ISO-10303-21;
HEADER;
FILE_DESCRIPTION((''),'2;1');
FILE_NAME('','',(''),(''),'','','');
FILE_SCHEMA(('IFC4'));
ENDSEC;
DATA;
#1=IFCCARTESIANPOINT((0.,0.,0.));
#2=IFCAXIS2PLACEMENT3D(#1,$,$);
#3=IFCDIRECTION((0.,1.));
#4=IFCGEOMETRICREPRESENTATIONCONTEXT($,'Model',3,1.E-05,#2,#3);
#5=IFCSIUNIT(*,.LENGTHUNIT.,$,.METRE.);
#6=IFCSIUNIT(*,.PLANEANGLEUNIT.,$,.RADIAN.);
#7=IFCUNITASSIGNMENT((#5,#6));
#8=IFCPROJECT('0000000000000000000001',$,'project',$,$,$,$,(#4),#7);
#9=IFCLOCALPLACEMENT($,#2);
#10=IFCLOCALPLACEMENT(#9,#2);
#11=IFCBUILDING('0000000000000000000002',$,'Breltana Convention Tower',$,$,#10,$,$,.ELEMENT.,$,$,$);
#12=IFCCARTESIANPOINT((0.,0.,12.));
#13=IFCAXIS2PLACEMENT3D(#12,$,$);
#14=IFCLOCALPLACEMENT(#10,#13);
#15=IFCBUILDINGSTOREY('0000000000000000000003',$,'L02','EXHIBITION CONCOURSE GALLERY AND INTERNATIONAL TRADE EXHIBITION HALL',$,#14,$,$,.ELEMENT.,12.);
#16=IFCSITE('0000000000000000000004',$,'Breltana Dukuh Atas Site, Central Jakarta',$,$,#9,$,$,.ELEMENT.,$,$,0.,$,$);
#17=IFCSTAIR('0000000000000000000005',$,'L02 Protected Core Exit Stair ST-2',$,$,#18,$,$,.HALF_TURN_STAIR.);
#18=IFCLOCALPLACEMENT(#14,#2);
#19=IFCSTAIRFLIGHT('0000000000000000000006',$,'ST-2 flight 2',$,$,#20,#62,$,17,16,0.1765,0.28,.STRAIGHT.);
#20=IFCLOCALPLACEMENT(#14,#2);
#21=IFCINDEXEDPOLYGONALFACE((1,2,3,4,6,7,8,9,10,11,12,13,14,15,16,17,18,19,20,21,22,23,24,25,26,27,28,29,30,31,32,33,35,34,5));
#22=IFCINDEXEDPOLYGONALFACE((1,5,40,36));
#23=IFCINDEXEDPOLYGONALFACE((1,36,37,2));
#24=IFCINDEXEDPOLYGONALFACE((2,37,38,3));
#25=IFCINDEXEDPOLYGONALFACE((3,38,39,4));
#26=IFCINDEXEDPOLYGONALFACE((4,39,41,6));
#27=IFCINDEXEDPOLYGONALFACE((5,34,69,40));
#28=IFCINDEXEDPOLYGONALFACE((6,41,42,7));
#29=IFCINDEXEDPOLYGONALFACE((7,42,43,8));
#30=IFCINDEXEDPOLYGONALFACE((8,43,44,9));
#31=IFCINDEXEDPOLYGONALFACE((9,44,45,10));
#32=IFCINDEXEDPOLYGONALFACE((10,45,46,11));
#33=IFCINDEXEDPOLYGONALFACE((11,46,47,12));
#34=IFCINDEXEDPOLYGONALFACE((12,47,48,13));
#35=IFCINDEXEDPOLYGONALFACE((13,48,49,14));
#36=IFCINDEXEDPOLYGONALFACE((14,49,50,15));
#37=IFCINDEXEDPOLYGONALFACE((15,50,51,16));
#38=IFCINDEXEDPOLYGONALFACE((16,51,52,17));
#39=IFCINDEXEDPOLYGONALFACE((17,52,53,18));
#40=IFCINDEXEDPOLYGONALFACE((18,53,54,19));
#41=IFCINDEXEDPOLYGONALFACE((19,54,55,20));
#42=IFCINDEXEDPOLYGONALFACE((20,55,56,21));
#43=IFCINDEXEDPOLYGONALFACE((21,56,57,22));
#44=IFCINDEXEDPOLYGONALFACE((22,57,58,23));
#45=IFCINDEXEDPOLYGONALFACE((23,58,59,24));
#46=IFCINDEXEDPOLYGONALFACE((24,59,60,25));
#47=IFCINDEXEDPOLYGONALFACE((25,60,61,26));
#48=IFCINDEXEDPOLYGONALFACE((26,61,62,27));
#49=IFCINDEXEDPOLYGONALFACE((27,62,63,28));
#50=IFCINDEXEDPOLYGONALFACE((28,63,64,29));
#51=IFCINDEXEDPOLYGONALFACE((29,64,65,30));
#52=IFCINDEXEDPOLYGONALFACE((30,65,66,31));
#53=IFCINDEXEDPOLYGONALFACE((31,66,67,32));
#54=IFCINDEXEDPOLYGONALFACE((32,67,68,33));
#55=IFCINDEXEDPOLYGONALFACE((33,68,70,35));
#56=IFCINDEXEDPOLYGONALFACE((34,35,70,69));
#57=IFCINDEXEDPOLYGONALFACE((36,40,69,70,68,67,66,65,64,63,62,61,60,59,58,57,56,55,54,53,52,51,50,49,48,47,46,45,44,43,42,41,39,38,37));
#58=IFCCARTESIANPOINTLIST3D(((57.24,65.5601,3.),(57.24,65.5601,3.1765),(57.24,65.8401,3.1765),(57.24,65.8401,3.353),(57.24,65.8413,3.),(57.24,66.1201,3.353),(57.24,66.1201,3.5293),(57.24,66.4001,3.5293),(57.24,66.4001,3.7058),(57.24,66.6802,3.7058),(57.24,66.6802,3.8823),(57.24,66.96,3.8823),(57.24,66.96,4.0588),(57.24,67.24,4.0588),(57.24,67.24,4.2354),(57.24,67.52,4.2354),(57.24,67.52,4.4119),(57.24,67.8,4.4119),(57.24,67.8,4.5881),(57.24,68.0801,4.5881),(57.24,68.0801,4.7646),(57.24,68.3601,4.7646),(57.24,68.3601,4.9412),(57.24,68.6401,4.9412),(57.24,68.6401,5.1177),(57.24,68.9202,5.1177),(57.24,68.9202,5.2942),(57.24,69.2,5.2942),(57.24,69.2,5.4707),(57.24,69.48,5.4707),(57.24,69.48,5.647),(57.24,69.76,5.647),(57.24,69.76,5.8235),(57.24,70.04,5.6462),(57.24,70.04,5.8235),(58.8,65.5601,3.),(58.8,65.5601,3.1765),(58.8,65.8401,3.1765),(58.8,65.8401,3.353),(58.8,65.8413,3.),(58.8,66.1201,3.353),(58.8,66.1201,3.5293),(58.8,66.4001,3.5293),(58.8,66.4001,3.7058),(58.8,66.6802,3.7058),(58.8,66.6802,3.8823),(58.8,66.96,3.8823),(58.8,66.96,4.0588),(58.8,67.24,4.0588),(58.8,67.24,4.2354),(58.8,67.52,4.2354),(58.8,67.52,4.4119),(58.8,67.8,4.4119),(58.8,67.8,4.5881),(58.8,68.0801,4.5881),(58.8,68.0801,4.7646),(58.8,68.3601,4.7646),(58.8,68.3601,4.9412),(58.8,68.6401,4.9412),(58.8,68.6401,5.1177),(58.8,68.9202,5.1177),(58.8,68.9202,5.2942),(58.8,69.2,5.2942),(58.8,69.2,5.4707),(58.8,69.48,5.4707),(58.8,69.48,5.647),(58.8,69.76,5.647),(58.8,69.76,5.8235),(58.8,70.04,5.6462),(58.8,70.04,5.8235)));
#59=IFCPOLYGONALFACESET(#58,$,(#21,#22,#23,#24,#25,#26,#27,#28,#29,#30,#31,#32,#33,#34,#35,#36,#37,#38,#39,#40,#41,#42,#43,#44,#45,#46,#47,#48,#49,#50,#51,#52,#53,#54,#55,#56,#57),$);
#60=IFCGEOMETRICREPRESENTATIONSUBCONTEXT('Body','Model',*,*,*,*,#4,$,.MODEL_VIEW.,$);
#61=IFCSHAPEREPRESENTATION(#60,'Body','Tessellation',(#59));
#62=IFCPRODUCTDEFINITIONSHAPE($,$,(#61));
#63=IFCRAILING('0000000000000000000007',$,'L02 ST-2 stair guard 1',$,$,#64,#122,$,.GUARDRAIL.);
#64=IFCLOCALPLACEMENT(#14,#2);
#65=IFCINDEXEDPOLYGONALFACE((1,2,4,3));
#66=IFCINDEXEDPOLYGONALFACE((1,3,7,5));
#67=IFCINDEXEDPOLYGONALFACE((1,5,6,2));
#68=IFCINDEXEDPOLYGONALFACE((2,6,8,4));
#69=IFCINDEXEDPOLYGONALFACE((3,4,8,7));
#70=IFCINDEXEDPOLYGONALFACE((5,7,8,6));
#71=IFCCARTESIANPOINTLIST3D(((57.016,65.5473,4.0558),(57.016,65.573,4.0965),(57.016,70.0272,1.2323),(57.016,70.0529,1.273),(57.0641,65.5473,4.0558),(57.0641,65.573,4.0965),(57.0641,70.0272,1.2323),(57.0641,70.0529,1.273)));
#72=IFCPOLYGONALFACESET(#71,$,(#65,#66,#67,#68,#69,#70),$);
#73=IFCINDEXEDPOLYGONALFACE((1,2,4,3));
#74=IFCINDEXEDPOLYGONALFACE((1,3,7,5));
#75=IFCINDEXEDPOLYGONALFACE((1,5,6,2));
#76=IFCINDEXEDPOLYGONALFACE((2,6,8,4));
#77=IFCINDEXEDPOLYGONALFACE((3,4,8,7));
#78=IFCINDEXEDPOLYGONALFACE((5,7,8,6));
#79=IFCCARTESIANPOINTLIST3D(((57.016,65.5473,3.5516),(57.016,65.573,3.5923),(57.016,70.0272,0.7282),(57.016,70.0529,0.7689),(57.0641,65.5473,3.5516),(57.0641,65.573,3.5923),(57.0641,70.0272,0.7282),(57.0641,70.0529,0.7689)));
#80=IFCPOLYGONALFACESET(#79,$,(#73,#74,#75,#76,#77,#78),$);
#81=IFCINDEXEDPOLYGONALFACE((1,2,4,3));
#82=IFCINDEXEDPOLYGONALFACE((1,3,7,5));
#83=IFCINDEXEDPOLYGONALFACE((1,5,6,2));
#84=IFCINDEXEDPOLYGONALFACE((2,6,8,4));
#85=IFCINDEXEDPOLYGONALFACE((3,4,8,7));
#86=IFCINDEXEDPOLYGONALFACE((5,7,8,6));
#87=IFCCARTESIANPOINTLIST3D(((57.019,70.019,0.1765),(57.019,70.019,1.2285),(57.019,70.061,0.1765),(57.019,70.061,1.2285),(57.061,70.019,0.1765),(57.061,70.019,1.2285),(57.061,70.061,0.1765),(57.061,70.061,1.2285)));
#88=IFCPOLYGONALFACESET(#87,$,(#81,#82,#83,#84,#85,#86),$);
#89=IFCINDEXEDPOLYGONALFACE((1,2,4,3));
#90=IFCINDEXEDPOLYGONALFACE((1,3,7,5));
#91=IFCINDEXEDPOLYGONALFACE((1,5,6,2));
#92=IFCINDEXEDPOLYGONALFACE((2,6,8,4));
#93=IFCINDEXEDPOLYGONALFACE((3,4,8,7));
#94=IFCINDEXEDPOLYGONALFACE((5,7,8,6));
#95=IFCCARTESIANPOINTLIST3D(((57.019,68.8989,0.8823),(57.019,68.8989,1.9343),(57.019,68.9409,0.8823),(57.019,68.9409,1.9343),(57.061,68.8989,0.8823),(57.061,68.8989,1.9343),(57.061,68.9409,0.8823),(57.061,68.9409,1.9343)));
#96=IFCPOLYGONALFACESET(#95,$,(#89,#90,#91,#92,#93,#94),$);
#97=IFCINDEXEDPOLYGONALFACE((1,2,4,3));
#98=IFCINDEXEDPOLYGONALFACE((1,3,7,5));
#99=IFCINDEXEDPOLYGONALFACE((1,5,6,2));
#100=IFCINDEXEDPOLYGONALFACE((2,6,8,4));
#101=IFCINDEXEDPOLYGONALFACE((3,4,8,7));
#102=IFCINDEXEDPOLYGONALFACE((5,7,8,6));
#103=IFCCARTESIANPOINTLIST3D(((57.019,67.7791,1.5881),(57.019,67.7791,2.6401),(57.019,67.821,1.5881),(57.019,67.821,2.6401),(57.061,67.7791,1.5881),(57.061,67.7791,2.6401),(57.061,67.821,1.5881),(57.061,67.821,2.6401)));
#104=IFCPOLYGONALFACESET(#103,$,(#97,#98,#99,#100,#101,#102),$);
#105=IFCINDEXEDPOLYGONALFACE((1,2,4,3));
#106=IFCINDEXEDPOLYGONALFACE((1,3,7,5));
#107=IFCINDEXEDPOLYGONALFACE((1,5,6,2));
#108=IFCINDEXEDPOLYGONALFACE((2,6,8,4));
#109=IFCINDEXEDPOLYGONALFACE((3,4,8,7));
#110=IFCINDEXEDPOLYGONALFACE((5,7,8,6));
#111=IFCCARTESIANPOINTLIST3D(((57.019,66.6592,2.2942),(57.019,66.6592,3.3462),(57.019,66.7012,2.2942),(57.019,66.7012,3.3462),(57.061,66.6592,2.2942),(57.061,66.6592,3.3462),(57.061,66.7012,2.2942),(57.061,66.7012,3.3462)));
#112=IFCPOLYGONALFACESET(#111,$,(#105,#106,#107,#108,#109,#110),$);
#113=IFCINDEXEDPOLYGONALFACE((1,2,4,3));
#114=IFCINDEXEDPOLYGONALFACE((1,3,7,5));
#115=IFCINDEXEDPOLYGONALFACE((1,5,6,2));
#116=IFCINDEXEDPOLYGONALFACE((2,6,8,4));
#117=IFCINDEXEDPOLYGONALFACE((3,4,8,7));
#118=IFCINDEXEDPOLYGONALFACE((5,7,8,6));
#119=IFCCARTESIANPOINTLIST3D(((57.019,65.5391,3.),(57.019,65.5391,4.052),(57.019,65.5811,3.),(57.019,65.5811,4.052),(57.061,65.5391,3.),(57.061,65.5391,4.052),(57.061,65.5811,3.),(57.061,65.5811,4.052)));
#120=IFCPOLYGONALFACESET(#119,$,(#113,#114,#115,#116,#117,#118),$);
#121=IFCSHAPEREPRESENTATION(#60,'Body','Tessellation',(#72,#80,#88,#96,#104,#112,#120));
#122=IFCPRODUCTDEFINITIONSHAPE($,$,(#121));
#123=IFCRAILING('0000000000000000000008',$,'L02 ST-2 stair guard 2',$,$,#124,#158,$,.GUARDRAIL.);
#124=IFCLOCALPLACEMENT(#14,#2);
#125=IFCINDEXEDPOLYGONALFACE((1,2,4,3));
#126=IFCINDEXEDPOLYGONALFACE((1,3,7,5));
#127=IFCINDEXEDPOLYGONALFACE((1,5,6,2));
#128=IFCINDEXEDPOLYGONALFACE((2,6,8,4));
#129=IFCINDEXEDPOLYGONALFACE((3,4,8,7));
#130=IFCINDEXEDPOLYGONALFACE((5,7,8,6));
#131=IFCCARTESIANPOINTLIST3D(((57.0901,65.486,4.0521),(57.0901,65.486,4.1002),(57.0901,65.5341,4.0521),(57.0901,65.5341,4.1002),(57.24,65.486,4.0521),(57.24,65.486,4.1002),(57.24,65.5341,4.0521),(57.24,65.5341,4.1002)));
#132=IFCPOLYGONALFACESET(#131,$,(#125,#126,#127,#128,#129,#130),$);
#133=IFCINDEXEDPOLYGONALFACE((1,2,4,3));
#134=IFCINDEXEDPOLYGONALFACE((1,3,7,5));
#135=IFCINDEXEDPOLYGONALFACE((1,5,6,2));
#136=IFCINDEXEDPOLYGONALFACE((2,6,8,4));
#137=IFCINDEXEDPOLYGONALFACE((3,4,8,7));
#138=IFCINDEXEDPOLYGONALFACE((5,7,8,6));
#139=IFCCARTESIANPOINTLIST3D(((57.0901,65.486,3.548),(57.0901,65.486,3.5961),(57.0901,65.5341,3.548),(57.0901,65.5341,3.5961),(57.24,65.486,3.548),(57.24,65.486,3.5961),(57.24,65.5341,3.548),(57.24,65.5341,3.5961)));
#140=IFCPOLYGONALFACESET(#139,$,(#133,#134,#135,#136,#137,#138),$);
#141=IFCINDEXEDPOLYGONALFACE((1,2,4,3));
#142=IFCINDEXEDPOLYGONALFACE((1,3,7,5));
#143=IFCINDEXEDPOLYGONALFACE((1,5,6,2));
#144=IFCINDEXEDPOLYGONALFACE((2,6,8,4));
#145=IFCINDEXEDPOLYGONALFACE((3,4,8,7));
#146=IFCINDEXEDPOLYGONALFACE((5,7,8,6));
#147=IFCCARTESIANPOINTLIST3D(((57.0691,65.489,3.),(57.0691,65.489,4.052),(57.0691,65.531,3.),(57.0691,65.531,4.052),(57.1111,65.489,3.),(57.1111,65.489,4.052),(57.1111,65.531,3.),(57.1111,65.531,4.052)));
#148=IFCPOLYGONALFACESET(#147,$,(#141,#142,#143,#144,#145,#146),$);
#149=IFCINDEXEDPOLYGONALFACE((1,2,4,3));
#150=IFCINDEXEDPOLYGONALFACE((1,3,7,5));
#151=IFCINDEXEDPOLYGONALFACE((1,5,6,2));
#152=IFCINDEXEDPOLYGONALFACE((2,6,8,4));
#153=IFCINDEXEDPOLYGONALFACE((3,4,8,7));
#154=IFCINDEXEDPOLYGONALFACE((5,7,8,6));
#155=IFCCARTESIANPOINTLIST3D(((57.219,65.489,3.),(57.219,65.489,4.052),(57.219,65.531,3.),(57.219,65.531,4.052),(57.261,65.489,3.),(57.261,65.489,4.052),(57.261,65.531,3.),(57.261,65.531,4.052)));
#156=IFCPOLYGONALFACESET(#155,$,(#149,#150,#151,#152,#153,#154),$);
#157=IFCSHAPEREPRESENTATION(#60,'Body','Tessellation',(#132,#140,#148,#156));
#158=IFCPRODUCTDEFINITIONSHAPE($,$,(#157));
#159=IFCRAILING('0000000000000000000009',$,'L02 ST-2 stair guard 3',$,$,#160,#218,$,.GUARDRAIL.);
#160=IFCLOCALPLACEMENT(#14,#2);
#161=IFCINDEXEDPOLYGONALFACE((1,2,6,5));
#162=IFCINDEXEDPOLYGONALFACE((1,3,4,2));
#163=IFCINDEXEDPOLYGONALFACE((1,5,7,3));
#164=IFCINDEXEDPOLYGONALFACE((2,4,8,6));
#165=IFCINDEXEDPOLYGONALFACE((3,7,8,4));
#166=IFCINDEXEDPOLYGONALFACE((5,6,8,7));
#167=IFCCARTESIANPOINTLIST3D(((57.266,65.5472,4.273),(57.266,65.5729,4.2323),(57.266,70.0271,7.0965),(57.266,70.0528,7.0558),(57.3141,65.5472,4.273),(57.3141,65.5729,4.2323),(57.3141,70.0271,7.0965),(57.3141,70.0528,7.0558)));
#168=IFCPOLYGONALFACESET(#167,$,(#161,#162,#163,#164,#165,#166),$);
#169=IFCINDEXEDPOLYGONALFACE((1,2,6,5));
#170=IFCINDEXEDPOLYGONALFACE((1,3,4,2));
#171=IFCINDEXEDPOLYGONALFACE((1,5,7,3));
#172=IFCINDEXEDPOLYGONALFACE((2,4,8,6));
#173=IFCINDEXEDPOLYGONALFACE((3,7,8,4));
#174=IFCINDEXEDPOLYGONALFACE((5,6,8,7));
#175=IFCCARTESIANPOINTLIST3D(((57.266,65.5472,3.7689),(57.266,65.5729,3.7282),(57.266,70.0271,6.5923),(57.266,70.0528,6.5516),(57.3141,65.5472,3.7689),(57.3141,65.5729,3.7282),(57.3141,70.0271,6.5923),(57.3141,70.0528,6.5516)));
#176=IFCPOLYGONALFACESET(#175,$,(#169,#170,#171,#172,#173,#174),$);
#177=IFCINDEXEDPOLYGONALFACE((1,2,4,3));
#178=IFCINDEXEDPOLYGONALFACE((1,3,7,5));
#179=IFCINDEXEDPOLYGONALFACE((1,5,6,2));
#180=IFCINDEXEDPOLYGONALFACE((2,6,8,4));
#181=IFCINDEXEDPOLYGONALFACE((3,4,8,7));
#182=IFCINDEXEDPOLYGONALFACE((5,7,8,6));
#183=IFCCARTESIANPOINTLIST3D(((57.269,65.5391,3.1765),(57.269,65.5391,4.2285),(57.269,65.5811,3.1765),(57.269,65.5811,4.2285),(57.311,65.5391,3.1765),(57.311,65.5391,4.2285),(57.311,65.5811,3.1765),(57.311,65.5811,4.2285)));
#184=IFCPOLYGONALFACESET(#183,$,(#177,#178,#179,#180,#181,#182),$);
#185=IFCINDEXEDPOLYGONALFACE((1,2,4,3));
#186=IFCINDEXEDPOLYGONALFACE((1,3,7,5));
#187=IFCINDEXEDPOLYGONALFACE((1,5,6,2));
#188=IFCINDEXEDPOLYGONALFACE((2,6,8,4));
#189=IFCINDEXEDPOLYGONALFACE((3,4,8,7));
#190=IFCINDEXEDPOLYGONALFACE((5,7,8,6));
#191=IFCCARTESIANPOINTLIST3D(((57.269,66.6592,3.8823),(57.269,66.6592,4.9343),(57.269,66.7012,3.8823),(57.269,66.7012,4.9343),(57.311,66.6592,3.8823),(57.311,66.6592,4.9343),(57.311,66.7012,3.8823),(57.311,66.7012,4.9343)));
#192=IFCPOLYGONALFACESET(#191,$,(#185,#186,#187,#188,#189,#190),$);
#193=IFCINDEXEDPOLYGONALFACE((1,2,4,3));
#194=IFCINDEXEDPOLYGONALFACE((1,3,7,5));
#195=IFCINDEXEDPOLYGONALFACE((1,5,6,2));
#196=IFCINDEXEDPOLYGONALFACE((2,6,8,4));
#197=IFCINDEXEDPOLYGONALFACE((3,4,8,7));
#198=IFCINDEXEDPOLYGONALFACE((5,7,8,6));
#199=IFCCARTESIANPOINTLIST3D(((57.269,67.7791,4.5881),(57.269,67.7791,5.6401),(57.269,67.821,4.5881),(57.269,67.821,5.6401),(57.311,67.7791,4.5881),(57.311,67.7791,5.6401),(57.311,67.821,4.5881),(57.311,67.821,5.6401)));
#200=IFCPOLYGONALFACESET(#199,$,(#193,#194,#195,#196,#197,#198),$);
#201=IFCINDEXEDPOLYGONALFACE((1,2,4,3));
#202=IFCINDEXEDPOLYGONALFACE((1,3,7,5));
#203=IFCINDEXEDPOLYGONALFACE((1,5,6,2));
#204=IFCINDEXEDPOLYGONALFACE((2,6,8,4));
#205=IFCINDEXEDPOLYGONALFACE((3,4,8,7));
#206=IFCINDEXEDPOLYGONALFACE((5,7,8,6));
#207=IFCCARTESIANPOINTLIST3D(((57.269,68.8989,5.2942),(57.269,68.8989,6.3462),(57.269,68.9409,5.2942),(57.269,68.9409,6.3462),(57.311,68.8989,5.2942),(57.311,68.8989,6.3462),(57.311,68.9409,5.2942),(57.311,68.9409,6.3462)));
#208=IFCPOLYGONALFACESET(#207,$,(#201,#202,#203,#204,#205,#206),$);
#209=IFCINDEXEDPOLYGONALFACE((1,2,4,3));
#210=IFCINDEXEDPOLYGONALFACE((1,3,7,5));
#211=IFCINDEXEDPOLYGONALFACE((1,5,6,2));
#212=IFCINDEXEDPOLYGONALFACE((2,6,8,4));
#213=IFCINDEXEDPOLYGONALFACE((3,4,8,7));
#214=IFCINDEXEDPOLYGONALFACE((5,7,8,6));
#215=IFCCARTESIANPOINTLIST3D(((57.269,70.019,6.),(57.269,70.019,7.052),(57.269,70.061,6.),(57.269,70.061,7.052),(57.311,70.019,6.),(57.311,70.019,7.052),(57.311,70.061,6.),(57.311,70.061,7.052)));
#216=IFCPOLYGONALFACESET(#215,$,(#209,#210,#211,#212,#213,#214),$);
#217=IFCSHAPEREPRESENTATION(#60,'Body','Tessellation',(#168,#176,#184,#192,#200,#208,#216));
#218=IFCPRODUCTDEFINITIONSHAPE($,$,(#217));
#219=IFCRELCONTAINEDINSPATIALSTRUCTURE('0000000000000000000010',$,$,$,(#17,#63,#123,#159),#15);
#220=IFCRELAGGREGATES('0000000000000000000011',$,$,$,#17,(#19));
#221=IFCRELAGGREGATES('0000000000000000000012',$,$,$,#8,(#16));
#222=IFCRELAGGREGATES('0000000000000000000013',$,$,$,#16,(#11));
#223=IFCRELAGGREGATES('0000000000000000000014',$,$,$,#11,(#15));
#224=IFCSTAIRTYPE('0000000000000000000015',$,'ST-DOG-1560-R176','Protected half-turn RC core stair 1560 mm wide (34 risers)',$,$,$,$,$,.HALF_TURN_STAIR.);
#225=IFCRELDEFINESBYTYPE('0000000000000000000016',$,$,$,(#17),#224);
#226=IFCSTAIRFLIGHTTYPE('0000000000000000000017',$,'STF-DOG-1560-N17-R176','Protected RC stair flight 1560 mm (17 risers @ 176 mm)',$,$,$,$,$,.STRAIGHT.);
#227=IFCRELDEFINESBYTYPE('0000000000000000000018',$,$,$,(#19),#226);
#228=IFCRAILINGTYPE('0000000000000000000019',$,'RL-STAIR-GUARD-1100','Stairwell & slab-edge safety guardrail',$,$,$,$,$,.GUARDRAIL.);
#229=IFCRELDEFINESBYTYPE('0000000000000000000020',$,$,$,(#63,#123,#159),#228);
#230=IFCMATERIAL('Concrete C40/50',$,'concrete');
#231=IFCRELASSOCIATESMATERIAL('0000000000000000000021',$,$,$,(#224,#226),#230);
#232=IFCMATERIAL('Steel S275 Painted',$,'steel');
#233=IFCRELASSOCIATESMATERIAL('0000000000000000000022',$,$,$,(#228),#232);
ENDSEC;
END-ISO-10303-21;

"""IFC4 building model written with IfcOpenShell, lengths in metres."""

from ifc_helpers import new_model, si_unit, direction, frame, origin, origin_2d, place, context, subcontext, project, spatial, polyline, rectangle, outline, extrude, material, type_object, element, aggregate, save


model = new_model("IFC4")

# Units and contexts
model_context = context("Model", 3, precision=1e-05, world=origin(), true_north=direction((0.0, 1.0)))
body_context = subcontext(model_context, "Body", "Model", "MODEL_VIEW")
ifc_project = project(units=[si_unit("LENGTHUNIT", "METRE"), si_unit("PLANEANGLEUNIT", "RADIAN")], contexts=[model_context])

# Site, building, storey
site_placement = place(None, origin())
site = spatial("IfcSite", under=ifc_project, at=site_placement, Name="Breltana Dukuh Atas Site, Central Jakarta", CompositionType="ELEMENT", RefElevation=0.0)
building_placement = place(site_placement, origin())
building = spatial("IfcBuilding", under=site, at=building_placement, Name="Breltana Convention Tower", CompositionType="ELEMENT")
storey_placement = place(building_placement, frame((0.0, 0.0, 12.0)))
storey = spatial("IfcBuildingStorey", under=building, at=storey_placement, Name="L02", Description="EXHIBITION CONCOURSE GALLERY AND INTERNATIONAL TRADE EXHIBITION HALL", CompositionType="ELEMENT", Elevation=12.0)

# Stair, stair flight
ifc_material_1 = material(Name="Concrete C40/50", Category="concrete")
stair_type = type_object("IfcStairType", Name="ST-DOG-1560-R176", Description="Protected half-turn RC core stair 1560 mm wide (34 risers)", PredefinedType="HALF_TURN_STAIR", material=ifc_material_1)
stair_placement = place(storey_placement, origin())
stair = element("IfcStair", 1, at=stair_placement, inside=storey, type_object=stair_type, Name="L02 Protected Core Exit Stair ST-2", PredefinedType="HALF_TURN_STAIR")
stair_flight_type = type_object("IfcStairFlightType", Name="STF-DOG-1560-N17-R176", Description="Protected RC stair flight 1560 mm (17 risers @ 176 mm)", PredefinedType="STRAIGHT", material=ifc_material_1)
stair_flight_1_placement = place(storey_placement, frame((58.02, 65.5601, 3.0), z_axis=(0.0, 0.0, 1.0), x_axis=(0.0, 1.0, 0.0)))
stair_flight_1 = element("IfcStairFlight", 2, at=stair_flight_1_placement, type_object=stair_flight_type, Name="ST-2 flight 2", NumberOfRisers=17, NumberOfTreads=16, PredefinedType="STRAIGHT", RiserHeight=0.1765, TreadLength=0.28, context=body_context, shape_type="SweptSolid", body=[
    extrude(outline(polyline([(0.0, 0.0), (0.0, 0.1765), (0.28, 0.1765), (0.28, 0.353), (0.5601, 0.353), (0.5601, 0.5293), (0.8401, 0.5293), (0.8401, 0.7058), (1.1201, 0.7058), (1.1201, 0.8823), (1.3999, 0.8823), (1.3999, 1.0588), (1.6799, 1.0588), (1.6799, 1.2354), (1.96, 1.2354), (1.96, 1.4119), (2.24, 1.4119), (2.24, 1.5881), (2.52, 1.5881), (2.52, 1.7646), (2.8, 1.7646), (2.8, 1.9412), (3.0801, 1.9412), (3.0801, 2.1177), (3.3601, 2.1177), (3.3601, 2.2942), (3.6399, 2.2942), (3.6399, 2.4707), (3.9199, 2.4707), (3.9199, 2.647), (4.2, 2.647), (4.2, 2.8235), (4.48, 2.8235), (4.48, 3.0), (4.48, 2.6462), (0.2812, 0.0), (0.0, 0.0)])), frame((0.0, 0.78, 0.0), z_axis=(0.0, -1.0, 0.0), x_axis=(1.0, 0.0, 0.0)), (0.0, 0.0, 1.0), 1.5601),
])
aggregate(stair, [stair_flight_1])

# Railings
ifc_material_2 = material(Name="Steel S275 Painted", Category="steel")
railing_type_1 = type_object("IfcRailingType", Name="RL-STAIR-GUARD-1100", Description="Stairwell & slab-edge safety guardrail", PredefinedType="GUARDRAIL", material=ifc_material_2)
railing_1_placement = place(storey_placement, frame((57.04, 70.04, 0.1765)))
element("IfcRailing", 3, at=railing_1_placement, inside=storey, type_object=railing_type_1, Name="L02 ST-2 stair guard 1", PredefinedType="GUARDRAIL", context=body_context, shape_type="SweptSolid", body=[
    extrude(rectangle(XDim=0.0481, YDim=0.0481, at=origin_2d()), frame((0.0, 0.0, 1.0762), z_axis=(0.0, -0.845998, 0.533186), x_axis=(1.0, 0.0, 0.0)), (0.0, 0.0, 1.0), 5.2954),
    extrude(rectangle(XDim=0.0481, YDim=0.0481, at=origin_2d()), frame((0.0, 0.0, 0.572), z_axis=(0.0, -0.845998, 0.533186), x_axis=(1.0, 0.0, 0.0)), (0.0, 0.0, 1.0), 5.2954),
    extrude(rectangle(XDim=0.042, YDim=0.042, at=origin_2d()), origin(), (0.0, 0.0, 1.0), 1.052),
    extrude(rectangle(XDim=0.042, YDim=0.042, at=origin_2d()), frame((0.0, -1.1201, 0.7058)), (0.0, 0.0, 1.0), 1.052),
    extrude(rectangle(XDim=0.042, YDim=0.042, at=origin_2d()), frame((0.0, -2.24, 1.4116)), (0.0, 0.0, 1.0), 1.052),
    extrude(rectangle(XDim=0.042, YDim=0.042, at=origin_2d()), frame((0.0, -3.3599, 2.1177)), (0.0, 0.0, 1.0), 1.052),
    extrude(rectangle(XDim=0.042, YDim=0.042, at=origin_2d()), frame((0.0, -4.48, 2.8235)), (0.0, 0.0, 1.0), 1.052),
])
railing_2_placement = place(storey_placement, frame((57.0901, 65.51, 3.0)))
element("IfcRailing", 4, at=railing_2_placement, inside=storey, type_object=railing_type_1, Name="L02 ST-2 stair guard 2", PredefinedType="GUARDRAIL", context=body_context, shape_type="SweptSolid", body=[
    extrude(rectangle(XDim=0.0481, YDim=0.0481, at=origin_2d()), frame((0.0, 0.0, 1.0762), z_axis=(1.0, 0.0, 0.0), x_axis=(0.0, 1.0, 0.0)), (0.0, 0.0, 1.0), 0.1499),
    extrude(rectangle(XDim=0.0481, YDim=0.0481, at=origin_2d()), frame((0.0, 0.0, 0.572), z_axis=(1.0, 0.0, 0.0), x_axis=(0.0, 1.0, 0.0)), (0.0, 0.0, 1.0), 0.1499),
    extrude(rectangle(XDim=0.042, YDim=0.042, at=origin_2d()), origin(), (0.0, 0.0, 1.0), 1.052),
    extrude(rectangle(XDim=0.042, YDim=0.042, at=origin_2d()), frame((0.1499, 0.0, 0.0)), (0.0, 0.0, 1.0), 1.052),
])
railing_3_placement = place(storey_placement, frame((57.29, 65.5601, 3.1765)))
element("IfcRailing", 5, at=railing_3_placement, inside=storey, type_object=railing_type_1, Name="L02 ST-2 stair guard 3", PredefinedType="GUARDRAIL", context=body_context, shape_type="SweptSolid", body=[
    extrude(rectangle(XDim=0.0481, YDim=0.0481, at=origin_2d()), frame((0.0, 0.0, 1.0762), z_axis=(0.0, 0.845998, 0.533186), x_axis=(-1.0, 0.0, 0.0)), (0.0, 0.0, 1.0), 5.2954),
    extrude(rectangle(XDim=0.0481, YDim=0.0481, at=origin_2d()), frame((0.0, 0.0, 0.572), z_axis=(0.0, 0.845998, 0.533186), x_axis=(-1.0, 0.0, 0.0)), (0.0, 0.0, 1.0), 5.2954),
    extrude(rectangle(XDim=0.042, YDim=0.042, at=origin_2d()), origin(), (0.0, 0.0, 1.0), 1.052),
    extrude(rectangle(XDim=0.042, YDim=0.042, at=origin_2d()), frame((0.0, 1.1201, 0.7058)), (0.0, 0.0, 1.0), 1.052),
    extrude(rectangle(XDim=0.042, YDim=0.042, at=origin_2d()), frame((0.0, 2.24, 1.4116)), (0.0, 0.0, 1.0), 1.052),
    extrude(rectangle(XDim=0.042, YDim=0.042, at=origin_2d()), frame((0.0, 3.3599, 2.1177)), (0.0, 0.0, 1.0), 1.052),
    extrude(rectangle(XDim=0.042, YDim=0.042, at=origin_2d()), frame((0.0, 4.48, 2.8235)), (0.0, 0.0, 1.0), 1.052),
])

save(model, "model.ifc")
